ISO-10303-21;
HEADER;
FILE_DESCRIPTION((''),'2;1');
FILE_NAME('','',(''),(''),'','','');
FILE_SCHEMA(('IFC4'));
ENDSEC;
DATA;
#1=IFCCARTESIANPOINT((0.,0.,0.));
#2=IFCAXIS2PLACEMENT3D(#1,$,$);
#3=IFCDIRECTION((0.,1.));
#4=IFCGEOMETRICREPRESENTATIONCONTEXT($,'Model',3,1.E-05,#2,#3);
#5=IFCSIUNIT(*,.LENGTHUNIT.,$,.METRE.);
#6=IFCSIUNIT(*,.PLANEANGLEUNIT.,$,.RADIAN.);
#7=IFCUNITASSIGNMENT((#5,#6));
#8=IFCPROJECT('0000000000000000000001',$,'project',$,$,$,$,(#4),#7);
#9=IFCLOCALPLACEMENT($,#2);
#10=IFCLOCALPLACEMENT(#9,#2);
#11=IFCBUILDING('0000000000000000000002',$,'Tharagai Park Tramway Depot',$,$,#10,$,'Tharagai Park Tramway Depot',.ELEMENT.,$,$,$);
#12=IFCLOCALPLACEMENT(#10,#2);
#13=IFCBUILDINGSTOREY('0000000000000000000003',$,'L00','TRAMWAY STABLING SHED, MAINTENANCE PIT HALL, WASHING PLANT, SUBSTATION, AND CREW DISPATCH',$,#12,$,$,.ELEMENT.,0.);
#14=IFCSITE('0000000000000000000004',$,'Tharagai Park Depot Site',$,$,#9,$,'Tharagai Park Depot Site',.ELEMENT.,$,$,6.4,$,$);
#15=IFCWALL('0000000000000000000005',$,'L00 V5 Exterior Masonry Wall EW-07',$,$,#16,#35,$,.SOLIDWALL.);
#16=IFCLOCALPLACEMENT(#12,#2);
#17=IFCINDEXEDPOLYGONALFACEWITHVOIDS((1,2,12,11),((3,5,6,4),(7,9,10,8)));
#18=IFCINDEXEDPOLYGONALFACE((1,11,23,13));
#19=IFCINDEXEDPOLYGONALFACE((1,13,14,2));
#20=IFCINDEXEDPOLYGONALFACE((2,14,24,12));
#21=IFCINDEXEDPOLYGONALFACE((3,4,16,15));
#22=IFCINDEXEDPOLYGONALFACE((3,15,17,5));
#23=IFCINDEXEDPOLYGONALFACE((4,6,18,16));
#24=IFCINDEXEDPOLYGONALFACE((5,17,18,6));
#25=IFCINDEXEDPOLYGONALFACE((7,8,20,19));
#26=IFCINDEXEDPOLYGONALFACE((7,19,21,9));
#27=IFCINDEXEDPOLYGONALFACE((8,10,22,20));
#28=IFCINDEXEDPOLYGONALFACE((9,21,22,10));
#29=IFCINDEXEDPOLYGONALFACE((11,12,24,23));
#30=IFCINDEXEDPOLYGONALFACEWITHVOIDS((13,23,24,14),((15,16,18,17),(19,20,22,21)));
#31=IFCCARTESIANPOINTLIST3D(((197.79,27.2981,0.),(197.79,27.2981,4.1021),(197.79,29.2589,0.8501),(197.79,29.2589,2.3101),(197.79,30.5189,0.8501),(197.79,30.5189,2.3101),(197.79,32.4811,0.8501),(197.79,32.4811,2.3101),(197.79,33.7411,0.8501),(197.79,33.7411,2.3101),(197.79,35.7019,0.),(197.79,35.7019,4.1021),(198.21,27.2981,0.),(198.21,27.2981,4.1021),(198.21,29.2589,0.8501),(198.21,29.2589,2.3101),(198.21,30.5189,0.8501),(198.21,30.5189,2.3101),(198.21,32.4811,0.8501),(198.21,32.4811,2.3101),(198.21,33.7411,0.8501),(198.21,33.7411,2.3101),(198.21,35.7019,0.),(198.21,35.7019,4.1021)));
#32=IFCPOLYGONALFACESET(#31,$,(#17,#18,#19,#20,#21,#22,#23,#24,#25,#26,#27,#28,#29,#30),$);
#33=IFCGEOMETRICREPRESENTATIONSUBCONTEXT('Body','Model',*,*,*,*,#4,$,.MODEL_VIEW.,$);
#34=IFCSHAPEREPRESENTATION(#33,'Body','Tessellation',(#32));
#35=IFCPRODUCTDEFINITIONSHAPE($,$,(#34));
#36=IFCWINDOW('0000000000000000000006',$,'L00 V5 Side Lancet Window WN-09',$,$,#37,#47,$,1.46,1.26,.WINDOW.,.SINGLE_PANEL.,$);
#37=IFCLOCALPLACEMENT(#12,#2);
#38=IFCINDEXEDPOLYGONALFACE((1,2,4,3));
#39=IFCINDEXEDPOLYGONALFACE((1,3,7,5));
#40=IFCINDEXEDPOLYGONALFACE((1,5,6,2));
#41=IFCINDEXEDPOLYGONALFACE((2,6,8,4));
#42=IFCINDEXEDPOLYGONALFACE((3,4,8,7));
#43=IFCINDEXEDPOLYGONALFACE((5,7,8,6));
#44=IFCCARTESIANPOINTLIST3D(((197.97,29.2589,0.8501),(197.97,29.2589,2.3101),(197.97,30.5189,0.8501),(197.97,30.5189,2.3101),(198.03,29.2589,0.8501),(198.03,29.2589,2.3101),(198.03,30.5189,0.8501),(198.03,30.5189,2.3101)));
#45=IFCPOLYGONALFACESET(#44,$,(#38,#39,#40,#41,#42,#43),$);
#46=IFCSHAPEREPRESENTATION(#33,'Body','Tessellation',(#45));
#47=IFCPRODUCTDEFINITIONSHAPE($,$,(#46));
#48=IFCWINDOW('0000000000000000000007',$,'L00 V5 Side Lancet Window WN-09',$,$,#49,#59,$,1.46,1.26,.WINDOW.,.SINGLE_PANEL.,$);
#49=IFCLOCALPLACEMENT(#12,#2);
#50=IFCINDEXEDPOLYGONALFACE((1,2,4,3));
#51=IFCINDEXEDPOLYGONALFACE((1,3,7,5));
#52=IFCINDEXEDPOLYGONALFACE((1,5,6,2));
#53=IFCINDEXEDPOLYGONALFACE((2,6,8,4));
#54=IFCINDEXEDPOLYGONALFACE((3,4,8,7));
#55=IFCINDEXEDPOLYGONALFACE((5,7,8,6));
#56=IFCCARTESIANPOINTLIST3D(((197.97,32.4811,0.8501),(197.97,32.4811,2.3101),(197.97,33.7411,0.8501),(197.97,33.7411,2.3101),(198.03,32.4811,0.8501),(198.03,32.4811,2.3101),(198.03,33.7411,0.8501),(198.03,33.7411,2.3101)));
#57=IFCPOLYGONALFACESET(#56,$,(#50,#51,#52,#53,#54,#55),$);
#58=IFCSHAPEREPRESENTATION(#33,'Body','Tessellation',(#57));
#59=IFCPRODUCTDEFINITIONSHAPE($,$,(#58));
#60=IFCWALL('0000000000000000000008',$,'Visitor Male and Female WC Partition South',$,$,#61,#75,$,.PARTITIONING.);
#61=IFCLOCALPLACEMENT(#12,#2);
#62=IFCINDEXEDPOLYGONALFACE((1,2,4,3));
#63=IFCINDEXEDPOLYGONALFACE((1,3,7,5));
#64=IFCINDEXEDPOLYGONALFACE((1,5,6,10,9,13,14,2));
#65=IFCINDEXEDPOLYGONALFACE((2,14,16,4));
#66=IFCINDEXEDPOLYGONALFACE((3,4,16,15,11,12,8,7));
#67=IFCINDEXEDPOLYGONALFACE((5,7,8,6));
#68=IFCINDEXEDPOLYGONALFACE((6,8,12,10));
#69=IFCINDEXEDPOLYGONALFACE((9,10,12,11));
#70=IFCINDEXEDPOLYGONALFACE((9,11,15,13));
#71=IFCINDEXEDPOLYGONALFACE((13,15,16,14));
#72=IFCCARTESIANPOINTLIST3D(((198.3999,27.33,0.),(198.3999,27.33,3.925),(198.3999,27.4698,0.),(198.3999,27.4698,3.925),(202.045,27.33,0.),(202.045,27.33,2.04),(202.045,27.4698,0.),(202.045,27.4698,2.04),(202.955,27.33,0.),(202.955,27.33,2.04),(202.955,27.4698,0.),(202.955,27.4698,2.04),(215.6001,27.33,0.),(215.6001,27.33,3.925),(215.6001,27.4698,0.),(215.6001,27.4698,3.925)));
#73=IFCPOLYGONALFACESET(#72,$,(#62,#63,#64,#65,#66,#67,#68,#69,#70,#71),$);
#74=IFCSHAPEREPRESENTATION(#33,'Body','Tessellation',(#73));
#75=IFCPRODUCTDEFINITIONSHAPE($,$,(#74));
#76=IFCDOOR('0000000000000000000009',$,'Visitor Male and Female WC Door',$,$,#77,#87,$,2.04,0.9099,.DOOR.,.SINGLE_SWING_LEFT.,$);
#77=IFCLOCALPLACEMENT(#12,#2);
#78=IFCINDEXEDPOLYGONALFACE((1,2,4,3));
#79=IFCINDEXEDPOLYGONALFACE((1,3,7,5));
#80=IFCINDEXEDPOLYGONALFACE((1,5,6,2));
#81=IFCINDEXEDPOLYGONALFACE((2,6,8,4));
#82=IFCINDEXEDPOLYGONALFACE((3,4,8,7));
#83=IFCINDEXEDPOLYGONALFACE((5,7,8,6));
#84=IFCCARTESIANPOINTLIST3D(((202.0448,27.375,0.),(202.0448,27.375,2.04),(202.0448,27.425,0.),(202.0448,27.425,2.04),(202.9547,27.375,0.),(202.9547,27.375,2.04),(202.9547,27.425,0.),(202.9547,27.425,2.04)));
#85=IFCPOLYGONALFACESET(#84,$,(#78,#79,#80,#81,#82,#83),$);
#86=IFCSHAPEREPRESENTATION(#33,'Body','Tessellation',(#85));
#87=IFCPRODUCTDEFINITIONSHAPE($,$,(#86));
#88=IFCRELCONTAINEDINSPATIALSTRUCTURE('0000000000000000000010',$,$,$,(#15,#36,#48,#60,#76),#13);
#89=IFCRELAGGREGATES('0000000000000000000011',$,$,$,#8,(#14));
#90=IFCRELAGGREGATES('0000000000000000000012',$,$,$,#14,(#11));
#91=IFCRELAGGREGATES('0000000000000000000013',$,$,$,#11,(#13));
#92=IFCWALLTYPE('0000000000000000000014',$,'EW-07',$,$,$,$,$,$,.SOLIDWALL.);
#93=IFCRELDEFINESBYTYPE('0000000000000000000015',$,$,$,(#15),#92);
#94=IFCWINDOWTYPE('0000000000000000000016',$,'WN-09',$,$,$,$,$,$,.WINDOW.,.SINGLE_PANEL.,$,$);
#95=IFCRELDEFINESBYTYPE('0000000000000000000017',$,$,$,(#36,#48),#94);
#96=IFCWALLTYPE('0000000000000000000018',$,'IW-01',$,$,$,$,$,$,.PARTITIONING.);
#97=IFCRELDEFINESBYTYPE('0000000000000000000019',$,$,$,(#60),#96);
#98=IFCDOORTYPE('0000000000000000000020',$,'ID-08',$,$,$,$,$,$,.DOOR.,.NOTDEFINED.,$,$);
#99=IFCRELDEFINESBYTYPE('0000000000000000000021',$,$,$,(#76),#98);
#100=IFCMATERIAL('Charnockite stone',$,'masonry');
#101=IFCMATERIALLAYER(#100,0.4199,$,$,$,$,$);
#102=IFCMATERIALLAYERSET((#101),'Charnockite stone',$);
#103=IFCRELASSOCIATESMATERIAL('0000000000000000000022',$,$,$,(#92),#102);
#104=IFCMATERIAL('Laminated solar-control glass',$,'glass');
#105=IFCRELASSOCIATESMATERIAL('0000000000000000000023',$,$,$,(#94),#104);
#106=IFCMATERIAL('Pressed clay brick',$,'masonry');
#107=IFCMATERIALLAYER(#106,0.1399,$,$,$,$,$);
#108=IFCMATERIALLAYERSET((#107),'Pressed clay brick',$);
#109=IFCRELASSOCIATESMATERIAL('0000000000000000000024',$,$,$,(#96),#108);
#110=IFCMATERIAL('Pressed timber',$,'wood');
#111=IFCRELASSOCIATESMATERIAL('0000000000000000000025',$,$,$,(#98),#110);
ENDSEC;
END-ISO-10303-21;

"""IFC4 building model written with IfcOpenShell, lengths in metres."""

from ifc_helpers import new_model, si_unit, direction, frame, frame_2d, origin, place, context, subcontext, project, spatial, rectangle, extrude, material, layer, layer_set, type_object, element, fill, save


model = new_model("IFC4")

# Units and contexts
model_context = context("Model", 3, precision=1e-05, world=origin(), true_north=direction((0.0, 1.0)))
body_context = subcontext(model_context, "Body", "Model", "MODEL_VIEW")
ifc_project = project(units=[si_unit("LENGTHUNIT", "METRE"), si_unit("PLANEANGLEUNIT", "RADIAN")], contexts=[model_context])

# Site, building, storey
site_placement = place(None, origin())
site = spatial("IfcSite", under=ifc_project, at=site_placement, Name="Tharagai Park Depot Site", LongName="Tharagai Park Depot Site", CompositionType="ELEMENT", RefElevation=6.4)
building_placement = place(site_placement, origin())
building = spatial("IfcBuilding", under=site, at=building_placement, Name="Tharagai Park Tramway Depot", LongName="Tharagai Park Tramway Depot", CompositionType="ELEMENT")
storey_placement = place(building_placement, origin())
storey = spatial("IfcBuildingStorey", under=building, at=storey_placement, Name="L00", Description="TRAMWAY STABLING SHED, MAINTENANCE PIT HALL, WASHING PLANT, SUBSTATION, AND CREW DISPATCH", CompositionType="ELEMENT", Elevation=0.0)

# Wall, openings, windows
ifc_material_1 = material(Name="Charnockite stone", Category="masonry")
ifc_layer_1 = layer(ifc_material_1, 0.4199)
ifc_layer_set_1 = layer_set([ifc_layer_1], Name="Charnockite stone")
wall_type_1 = type_object("IfcWallType", Name="EW-07", PredefinedType="SOLIDWALL", material=ifc_layer_set_1)
ifc_material_2 = material(Name="Laminated solar-control glass", Category="glass")
wall_1_placement = place(storey_placement, frame((198.0, 27.2981, 0.0), z_axis=(0.0, 0.0, 1.0), x_axis=(0.0, 1.0, 0.0)))
wall_1 = element("IfcWall", 1, at=wall_1_placement, inside=storey, type_object=wall_type_1, Name="L00 V5 Exterior Masonry Wall EW-07", PredefinedType="SOLIDWALL", context=body_context, shape_type="SweptSolid", body=[
    extrude(rectangle(XDim=8.4038, YDim=0.4199, at=frame_2d((4.2019, 0.0))), origin(), (0.0, 0.0, 1.0), 4.1021),
])
opening_1_placement = place(wall_1_placement, frame((1.9609, 0.0, 0.8501)))
opening_1 = element("IfcOpeningElement", 2, at=opening_1_placement, cuts=wall_1, PredefinedType="OPENING", context=body_context, shape_type="SweptSolid", body=[
    extrude(rectangle(XDim=1.26, YDim=1.46, at=frame_2d((0.6299, 0.73))), frame((0.0, 0.22, 0.0), z_axis=(0.0, -1.0, 0.0), x_axis=(1.0, 0.0, 0.0)), (0.0, 0.0, 1.0), 0.4399),
])
opening_2_placement = place(wall_1_placement, frame((5.1831, 0.0, 0.8501)))
opening_2 = element("IfcOpeningElement", 3, at=opening_2_placement, cuts=wall_1, PredefinedType="OPENING", context=body_context, shape_type="SweptSolid", body=[
    extrude(rectangle(XDim=1.26, YDim=1.46, at=frame_2d((0.6299, 0.73))), frame((0.0, 0.22, 0.0), z_axis=(0.0, -1.0, 0.0), x_axis=(1.0, 0.0, 0.0)), (0.0, 0.0, 1.0), 0.4399),
])
window_type_1 = type_object("IfcWindowType", Name="WN-09", PartitioningType="SINGLE_PANEL", PredefinedType="WINDOW", material=ifc_material_2)
window_1_placement = place(opening_1_placement, origin())
window_1 = element("IfcWindow", 4, at=window_1_placement, inside=storey, type_object=window_type_1, Name="L00 V5 Side Lancet Window WN-09", OverallHeight=1.46, OverallWidth=1.26, PartitioningType="SINGLE_PANEL", PredefinedType="WINDOW", context=body_context, shape_type="SweptSolid", body=[
    extrude(rectangle(XDim=1.26, YDim=1.46, at=frame_2d((0.6299, 0.73))), frame((0.0, 0.03, 0.0), z_axis=(0.0, -1.0, 0.0), x_axis=(1.0, 0.0, 0.0)), (0.0, 0.0, 1.0), 0.0601),
])
fill(opening_1, window_1)
window_2_placement = place(opening_2_placement, origin())
window_2 = element("IfcWindow", 5, at=window_2_placement, inside=storey, type_object=window_type_1, Name="L00 V5 Side Lancet Window WN-09", OverallHeight=1.46, OverallWidth=1.26, PartitioningType="SINGLE_PANEL", PredefinedType="WINDOW", context=body_context, shape_type="SweptSolid", body=[
    extrude(rectangle(XDim=1.26, YDim=1.46, at=frame_2d((0.6299, 0.73))), frame((0.0, 0.03, 0.0), z_axis=(0.0, -1.0, 0.0), x_axis=(1.0, 0.0, 0.0)), (0.0, 0.0, 1.0), 0.0601),
])
fill(opening_2, window_2)

# Wall, opening, door
ifc_material_3 = material(Name="Pressed clay brick", Category="masonry")
ifc_layer_2 = layer(ifc_material_3, 0.1399)
ifc_layer_set_2 = layer_set([ifc_layer_2], Name="Pressed clay brick")
wall_type_2 = type_object("IfcWallType", Name="IW-01", PredefinedType="PARTITIONING", material=ifc_layer_set_2)
wall_2_placement = place(storey_placement, frame((198.3999, 27.3999, 0.0), z_axis=(0.0, 0.0, 1.0), x_axis=(1.0, 0.0, 0.0)))
wall_2 = element("IfcWall", 6, at=wall_2_placement, inside=storey, type_object=wall_type_2, Name="Visitor Male and Female WC Partition South", PredefinedType="PARTITIONING", context=body_context, shape_type="SweptSolid", body=[
    extrude(rectangle(XDim=17.2002, YDim=0.1399, at=frame_2d((8.6001, 0.0))), origin(), (0.0, 0.0, 1.0), 3.925),
])
opening_3_placement = place(wall_2_placement, frame((3.645, 0.0, 0.0)))
opening_3 = element("IfcOpeningElement", 7, at=opening_3_placement, cuts=wall_2, PredefinedType="OPENING", context=body_context, shape_type="SweptSolid", body=[
    extrude(rectangle(XDim=0.9099, YDim=2.04, at=frame_2d((0.4551, 1.02))), frame((0.0, 0.0798, 0.0), z_axis=(0.0, -1.0, 0.0), x_axis=(1.0, 0.0, 0.0)), (0.0, 0.0, 1.0), 0.1599),
])
ifc_material_4 = material(Name="Pressed timber", Category="wood")
door_type = type_object("IfcDoorType", Name="ID-08", OperationType="NOTDEFINED", PredefinedType="DOOR", material=ifc_material_4)
door_placement = place(opening_3_placement, frame((0.9099, 0.0, 0.0), z_axis=(0.0, 0.0, 1.0), x_axis=(-1.0, 0.0, 0.0)))
door = element("IfcDoor", 8, at=door_placement, inside=storey, type_object=door_type, Name="Visitor Male and Female WC Door", OperationType="SINGLE_SWING_LEFT", OverallHeight=2.04, OverallWidth=0.9099, PredefinedType="DOOR", context=body_context, shape_type="SweptSolid", body=[
    extrude(rectangle(XDim=0.9099, YDim=2.04, at=frame_2d((0.4551, 1.02))), frame((0.0, 0.0249, 0.0), z_axis=(0.0, -1.0, 0.0), x_axis=(1.0, 0.0, 0.0)), (0.0, 0.0, 1.0), 0.05),
])
fill(opening_3, door)

save(model, "model.ifc")
